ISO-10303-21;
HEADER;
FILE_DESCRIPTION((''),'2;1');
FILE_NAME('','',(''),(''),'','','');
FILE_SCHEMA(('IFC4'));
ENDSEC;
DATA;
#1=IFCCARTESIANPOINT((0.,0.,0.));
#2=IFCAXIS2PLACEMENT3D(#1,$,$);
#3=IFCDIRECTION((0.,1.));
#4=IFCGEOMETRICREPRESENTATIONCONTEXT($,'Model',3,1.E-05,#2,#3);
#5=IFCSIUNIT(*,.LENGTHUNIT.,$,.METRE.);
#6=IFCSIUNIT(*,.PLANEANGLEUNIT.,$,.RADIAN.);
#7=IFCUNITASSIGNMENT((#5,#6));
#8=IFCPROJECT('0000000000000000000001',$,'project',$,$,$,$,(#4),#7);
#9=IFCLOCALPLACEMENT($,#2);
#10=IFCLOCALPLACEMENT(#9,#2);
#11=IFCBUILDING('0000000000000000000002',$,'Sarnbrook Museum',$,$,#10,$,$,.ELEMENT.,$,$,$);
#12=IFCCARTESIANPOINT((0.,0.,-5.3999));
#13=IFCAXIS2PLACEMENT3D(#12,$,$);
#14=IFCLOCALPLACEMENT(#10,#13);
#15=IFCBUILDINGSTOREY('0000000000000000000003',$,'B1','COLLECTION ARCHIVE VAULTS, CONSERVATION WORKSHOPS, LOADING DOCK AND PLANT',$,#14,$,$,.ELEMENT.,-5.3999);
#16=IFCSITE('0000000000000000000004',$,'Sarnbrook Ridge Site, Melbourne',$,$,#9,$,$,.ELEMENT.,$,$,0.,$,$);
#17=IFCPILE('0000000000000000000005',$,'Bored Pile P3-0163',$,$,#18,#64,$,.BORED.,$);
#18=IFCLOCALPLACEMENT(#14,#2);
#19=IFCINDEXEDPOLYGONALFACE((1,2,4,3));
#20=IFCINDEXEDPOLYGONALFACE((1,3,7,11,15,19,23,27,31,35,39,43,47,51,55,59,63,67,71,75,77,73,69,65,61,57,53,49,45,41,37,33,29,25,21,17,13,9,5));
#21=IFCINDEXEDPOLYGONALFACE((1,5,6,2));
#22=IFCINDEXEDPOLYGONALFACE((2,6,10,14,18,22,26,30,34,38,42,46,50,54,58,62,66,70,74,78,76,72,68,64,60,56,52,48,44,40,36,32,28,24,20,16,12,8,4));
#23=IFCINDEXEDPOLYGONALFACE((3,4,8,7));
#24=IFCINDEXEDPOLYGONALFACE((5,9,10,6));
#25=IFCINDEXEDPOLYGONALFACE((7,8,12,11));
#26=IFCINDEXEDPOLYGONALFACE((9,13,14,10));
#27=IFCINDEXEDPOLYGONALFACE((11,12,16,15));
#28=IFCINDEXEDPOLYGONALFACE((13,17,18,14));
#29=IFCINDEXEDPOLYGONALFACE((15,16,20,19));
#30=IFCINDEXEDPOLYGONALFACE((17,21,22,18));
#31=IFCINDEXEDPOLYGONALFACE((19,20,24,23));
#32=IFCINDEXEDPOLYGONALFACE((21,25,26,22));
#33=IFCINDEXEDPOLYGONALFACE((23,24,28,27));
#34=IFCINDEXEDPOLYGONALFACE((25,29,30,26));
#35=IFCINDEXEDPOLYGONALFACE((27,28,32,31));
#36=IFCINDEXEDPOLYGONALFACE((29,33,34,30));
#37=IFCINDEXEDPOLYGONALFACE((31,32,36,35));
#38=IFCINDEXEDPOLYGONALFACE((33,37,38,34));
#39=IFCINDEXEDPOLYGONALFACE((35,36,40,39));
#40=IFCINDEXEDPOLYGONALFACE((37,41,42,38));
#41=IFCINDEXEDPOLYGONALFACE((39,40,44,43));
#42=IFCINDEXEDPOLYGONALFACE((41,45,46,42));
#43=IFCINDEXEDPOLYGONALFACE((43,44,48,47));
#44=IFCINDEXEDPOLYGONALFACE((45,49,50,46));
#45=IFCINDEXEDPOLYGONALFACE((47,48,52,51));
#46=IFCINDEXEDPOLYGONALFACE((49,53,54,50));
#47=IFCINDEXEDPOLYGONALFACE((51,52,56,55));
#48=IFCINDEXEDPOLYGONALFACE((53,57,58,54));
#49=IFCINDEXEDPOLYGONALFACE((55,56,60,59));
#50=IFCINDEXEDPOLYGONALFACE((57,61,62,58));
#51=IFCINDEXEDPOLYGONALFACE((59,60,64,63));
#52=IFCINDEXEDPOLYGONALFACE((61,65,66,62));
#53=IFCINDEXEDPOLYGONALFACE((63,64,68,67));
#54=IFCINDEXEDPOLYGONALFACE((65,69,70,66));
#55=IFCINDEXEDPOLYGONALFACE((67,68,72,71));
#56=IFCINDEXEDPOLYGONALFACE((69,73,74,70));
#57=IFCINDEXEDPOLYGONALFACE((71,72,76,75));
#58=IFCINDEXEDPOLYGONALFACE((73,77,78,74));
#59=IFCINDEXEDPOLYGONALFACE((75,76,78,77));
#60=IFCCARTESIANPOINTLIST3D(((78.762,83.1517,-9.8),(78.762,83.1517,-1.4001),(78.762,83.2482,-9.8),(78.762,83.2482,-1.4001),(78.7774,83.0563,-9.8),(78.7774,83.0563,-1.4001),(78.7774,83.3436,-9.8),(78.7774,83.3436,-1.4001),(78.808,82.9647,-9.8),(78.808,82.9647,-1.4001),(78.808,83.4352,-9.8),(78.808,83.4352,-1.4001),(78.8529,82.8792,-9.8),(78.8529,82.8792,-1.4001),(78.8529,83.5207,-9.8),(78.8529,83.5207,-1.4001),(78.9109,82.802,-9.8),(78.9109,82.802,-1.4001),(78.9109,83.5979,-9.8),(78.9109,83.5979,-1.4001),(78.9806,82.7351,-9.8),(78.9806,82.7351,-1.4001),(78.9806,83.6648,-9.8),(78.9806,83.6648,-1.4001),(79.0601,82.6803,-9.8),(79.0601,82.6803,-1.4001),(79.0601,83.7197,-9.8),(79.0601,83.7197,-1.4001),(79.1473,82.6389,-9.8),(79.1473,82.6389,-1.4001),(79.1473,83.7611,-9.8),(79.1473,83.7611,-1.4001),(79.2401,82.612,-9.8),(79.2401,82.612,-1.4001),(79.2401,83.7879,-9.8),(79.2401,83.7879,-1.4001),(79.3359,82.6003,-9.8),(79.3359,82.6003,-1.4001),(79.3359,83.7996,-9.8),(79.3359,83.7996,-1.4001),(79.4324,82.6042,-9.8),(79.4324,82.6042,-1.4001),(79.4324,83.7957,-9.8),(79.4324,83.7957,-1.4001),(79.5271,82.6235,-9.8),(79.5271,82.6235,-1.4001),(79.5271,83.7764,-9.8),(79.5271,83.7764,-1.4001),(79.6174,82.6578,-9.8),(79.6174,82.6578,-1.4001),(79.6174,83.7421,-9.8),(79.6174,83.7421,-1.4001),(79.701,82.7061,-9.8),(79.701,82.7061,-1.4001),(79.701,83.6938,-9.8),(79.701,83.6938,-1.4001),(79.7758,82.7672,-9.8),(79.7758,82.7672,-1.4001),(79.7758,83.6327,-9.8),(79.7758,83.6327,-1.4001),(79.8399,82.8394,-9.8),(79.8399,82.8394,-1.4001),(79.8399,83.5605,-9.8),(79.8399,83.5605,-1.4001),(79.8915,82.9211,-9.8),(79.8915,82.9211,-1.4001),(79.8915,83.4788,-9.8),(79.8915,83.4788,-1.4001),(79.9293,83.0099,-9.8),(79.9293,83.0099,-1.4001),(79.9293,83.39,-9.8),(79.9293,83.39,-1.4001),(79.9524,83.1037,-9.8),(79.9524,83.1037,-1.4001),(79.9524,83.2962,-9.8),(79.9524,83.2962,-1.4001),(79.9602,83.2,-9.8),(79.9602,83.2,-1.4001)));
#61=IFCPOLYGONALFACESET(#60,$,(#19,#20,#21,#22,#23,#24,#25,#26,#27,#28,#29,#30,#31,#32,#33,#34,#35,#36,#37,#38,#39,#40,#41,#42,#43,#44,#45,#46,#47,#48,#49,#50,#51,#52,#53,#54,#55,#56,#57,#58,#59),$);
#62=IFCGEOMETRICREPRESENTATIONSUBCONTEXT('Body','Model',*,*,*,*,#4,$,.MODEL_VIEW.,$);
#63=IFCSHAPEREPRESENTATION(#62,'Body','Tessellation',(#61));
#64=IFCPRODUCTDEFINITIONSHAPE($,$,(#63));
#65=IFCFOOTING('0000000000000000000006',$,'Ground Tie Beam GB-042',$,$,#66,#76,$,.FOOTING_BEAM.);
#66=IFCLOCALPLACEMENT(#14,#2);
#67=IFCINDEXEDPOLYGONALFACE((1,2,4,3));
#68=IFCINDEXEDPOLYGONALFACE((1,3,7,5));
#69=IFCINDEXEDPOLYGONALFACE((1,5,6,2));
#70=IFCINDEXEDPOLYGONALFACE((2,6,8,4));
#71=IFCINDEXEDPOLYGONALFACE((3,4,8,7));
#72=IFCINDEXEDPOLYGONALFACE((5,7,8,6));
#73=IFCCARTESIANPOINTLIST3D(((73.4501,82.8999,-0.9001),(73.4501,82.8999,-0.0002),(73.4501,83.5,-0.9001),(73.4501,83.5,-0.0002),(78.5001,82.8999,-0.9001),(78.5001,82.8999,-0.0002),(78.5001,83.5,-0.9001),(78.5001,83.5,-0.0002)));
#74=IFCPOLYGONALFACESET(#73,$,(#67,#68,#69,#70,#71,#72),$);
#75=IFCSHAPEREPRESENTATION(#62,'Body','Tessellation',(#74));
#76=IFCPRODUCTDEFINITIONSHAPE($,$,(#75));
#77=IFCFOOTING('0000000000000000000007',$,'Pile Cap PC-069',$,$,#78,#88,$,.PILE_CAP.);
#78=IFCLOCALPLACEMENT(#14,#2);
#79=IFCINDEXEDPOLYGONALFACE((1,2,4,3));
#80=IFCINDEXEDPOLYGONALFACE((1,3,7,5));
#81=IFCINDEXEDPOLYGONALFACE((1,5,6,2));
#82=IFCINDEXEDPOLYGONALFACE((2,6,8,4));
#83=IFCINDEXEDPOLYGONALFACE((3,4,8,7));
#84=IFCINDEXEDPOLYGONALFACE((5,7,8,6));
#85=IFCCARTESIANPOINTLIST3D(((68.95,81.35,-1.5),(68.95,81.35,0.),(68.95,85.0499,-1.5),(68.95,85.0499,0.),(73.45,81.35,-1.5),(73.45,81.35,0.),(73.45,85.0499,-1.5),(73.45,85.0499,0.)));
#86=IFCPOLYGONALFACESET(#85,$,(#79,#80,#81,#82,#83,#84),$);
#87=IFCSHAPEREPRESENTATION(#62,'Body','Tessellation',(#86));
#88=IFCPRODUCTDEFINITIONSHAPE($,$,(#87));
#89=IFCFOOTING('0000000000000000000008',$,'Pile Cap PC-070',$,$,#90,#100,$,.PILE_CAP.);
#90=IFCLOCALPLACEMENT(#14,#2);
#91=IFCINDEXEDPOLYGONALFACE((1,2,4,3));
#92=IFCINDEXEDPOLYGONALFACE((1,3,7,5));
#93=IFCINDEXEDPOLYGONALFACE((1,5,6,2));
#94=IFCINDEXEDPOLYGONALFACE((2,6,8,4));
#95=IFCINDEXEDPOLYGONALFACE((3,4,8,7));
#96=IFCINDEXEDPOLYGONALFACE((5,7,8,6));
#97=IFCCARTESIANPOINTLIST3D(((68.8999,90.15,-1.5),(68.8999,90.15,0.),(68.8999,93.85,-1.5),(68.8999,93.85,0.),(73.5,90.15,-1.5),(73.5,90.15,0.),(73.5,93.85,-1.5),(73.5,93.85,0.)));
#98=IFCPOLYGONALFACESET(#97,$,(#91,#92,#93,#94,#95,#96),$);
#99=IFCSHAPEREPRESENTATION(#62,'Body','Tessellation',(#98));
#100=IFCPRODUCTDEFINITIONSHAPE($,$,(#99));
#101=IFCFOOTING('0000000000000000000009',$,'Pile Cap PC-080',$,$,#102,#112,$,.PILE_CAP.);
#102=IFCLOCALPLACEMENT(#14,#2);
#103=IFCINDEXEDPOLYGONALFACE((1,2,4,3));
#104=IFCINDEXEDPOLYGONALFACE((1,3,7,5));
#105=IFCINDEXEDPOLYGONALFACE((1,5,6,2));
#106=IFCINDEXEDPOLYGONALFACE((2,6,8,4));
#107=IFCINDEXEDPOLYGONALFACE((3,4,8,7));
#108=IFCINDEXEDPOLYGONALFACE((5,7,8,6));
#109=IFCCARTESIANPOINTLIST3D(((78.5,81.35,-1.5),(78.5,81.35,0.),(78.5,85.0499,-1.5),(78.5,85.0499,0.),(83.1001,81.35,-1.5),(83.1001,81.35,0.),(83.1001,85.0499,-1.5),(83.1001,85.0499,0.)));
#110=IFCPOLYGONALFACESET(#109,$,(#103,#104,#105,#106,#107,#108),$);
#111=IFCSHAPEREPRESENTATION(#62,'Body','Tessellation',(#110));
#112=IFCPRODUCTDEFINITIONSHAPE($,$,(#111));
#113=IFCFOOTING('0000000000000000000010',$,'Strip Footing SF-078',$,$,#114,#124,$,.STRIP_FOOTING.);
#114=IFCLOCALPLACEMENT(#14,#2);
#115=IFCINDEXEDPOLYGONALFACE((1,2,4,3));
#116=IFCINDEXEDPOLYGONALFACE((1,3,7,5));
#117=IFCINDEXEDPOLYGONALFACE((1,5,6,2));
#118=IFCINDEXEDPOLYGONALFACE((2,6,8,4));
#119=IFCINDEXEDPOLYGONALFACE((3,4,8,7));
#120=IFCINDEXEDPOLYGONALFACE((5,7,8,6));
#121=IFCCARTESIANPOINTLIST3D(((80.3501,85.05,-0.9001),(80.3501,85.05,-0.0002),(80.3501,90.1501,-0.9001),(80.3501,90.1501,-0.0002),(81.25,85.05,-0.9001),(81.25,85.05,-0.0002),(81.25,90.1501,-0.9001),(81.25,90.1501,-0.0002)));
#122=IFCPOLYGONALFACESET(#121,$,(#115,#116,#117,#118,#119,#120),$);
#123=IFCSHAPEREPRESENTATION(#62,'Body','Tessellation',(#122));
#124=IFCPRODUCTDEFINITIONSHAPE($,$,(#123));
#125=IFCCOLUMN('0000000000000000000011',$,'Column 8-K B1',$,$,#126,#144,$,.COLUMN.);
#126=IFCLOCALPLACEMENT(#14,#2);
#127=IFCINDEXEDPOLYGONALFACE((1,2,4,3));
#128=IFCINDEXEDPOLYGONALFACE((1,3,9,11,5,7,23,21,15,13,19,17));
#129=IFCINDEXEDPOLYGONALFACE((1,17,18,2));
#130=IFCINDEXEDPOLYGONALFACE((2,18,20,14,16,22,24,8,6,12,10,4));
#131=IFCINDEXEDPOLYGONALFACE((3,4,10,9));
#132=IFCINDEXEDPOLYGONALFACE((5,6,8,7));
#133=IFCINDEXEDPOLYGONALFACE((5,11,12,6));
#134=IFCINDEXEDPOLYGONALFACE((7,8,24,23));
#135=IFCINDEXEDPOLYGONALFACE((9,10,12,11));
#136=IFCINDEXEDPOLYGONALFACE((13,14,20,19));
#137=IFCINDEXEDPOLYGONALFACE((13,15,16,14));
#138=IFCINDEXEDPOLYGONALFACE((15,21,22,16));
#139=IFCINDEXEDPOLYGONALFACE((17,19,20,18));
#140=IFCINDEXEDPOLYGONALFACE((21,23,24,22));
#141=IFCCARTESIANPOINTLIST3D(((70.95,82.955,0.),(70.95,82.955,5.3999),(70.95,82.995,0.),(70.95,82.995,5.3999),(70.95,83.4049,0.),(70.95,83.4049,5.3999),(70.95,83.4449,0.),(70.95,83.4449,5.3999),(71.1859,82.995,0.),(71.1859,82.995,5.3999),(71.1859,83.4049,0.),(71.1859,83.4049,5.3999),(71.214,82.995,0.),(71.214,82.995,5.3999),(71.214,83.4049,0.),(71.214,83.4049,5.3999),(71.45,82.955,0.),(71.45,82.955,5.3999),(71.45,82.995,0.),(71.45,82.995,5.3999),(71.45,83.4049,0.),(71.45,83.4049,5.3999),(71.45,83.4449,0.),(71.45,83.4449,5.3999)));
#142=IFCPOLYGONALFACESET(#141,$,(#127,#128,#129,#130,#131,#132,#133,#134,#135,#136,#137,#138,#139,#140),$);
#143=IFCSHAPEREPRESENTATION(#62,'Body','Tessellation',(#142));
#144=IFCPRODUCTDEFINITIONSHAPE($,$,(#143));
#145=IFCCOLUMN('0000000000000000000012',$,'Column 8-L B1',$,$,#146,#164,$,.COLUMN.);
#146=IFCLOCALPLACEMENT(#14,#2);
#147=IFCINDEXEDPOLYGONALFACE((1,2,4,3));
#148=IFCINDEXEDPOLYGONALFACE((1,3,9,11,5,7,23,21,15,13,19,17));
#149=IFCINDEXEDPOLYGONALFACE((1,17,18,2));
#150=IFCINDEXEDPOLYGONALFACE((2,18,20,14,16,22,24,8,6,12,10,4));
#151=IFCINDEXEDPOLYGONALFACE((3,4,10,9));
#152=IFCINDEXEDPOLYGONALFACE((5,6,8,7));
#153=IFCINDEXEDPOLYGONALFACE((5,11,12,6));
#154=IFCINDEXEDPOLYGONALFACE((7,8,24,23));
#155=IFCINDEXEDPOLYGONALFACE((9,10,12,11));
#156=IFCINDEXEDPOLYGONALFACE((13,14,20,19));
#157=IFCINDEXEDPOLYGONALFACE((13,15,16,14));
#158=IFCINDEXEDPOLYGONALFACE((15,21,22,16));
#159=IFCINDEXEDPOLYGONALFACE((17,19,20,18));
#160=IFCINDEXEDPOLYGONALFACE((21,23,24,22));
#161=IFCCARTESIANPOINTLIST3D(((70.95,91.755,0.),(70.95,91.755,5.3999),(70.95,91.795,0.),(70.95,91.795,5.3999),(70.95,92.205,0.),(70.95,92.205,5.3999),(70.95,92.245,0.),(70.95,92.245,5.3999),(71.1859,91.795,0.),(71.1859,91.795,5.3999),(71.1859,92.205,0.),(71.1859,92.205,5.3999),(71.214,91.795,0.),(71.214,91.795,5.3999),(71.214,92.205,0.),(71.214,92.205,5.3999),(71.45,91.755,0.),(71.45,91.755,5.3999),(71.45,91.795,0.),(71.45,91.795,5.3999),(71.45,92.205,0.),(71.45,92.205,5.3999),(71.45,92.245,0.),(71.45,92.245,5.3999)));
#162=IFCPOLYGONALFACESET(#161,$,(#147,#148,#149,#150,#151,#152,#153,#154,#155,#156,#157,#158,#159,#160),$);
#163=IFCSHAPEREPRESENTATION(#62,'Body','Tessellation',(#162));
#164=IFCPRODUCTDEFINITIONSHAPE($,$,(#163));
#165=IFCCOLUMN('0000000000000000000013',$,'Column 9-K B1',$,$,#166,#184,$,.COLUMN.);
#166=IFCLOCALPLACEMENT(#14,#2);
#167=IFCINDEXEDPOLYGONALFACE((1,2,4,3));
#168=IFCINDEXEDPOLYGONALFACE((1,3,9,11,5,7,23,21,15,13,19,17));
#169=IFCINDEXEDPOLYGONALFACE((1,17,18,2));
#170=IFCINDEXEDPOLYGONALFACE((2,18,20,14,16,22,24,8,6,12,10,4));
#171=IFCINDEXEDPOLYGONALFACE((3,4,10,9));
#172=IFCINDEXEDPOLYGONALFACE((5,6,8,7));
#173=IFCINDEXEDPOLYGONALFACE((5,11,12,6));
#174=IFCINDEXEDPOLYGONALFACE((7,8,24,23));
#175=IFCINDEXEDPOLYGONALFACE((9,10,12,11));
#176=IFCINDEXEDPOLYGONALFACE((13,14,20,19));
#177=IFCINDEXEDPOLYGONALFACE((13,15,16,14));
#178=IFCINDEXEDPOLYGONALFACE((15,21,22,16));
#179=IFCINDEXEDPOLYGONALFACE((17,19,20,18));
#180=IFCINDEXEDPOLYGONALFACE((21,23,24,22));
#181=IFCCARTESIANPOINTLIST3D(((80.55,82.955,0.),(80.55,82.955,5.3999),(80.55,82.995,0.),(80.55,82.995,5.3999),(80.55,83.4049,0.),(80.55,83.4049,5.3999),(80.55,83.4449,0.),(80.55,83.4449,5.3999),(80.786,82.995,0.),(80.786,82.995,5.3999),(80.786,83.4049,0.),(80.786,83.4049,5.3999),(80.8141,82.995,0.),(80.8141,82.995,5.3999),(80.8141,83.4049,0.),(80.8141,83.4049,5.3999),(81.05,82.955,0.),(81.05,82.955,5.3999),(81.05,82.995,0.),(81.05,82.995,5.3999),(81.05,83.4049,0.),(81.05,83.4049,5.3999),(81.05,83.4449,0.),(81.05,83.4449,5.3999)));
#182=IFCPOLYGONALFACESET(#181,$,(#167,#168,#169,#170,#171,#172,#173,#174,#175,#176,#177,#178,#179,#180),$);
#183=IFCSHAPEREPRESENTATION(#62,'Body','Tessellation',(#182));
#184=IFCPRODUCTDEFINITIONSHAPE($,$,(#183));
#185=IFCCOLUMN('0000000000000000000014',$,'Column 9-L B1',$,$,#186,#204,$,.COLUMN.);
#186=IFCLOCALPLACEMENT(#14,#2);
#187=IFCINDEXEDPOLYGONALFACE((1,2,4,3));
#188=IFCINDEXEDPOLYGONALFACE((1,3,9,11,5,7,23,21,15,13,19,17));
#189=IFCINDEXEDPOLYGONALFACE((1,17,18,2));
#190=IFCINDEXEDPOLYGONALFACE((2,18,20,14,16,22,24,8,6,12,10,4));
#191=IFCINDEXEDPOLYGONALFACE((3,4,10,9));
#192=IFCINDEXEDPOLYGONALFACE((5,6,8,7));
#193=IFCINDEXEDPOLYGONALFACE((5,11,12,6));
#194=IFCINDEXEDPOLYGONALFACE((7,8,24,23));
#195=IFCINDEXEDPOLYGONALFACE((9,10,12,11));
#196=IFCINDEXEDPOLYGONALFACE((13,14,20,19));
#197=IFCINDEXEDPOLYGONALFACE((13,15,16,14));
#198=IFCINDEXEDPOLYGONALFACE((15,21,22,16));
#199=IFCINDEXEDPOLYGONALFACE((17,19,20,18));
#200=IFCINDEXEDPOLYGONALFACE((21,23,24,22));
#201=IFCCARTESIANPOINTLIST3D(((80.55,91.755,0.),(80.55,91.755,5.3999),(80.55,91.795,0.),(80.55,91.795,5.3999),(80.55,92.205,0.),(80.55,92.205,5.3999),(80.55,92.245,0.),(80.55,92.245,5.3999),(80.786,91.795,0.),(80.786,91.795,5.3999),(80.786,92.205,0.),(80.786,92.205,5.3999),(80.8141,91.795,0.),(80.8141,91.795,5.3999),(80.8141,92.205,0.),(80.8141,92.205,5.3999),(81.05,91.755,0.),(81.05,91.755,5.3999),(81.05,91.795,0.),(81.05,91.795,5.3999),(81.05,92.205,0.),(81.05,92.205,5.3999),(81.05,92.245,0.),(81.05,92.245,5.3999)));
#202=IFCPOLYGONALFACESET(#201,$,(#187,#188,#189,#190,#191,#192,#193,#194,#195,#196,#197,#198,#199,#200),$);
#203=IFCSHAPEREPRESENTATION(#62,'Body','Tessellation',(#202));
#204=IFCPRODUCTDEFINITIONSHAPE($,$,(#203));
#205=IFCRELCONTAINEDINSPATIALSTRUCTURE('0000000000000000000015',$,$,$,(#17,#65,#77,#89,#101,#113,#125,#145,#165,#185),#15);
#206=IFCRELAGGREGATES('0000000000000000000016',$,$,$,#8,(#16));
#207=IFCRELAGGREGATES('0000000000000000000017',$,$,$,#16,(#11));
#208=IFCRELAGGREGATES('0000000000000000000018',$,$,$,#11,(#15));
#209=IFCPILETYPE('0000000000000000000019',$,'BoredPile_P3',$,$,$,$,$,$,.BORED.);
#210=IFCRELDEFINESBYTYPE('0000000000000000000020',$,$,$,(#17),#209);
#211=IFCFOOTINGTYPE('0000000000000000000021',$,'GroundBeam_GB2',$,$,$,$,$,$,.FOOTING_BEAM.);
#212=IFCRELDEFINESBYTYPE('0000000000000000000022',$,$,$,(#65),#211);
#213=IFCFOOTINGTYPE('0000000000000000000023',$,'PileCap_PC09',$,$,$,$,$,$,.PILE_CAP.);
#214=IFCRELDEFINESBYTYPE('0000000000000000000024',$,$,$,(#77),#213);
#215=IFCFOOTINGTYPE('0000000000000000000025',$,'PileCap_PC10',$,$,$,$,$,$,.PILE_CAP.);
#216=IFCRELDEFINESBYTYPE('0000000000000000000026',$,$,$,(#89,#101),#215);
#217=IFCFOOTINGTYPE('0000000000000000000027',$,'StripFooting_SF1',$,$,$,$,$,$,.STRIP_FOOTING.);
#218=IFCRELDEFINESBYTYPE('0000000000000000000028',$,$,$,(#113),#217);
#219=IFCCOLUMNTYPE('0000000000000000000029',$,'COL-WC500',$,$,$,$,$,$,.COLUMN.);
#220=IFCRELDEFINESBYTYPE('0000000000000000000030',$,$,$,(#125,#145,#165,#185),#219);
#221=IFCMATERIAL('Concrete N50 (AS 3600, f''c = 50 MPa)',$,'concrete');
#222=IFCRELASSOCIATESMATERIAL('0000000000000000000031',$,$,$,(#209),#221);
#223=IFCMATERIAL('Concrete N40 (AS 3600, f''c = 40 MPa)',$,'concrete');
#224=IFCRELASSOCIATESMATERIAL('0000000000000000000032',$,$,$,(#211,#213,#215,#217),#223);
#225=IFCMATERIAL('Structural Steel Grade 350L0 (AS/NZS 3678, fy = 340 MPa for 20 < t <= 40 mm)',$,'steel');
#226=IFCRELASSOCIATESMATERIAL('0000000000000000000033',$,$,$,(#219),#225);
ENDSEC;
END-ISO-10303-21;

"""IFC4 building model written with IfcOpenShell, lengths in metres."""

from ifc_helpers import new_model, si_unit, direction, frame, origin, origin_2d, place, context, subcontext, project, spatial, rectangle, circle, i_section, extrude, material, material_profile, profile_set, type_object, element, save


model = new_model("IFC4")

# Units and contexts
model_context = context("Model", 3, precision=1e-05, world=origin(), true_north=direction((0.0, 1.0)))
body_context = subcontext(model_context, "Body", "Model", "MODEL_VIEW")
ifc_project = project(units=[si_unit("LENGTHUNIT", "METRE"), si_unit("PLANEANGLEUNIT", "RADIAN")], contexts=[model_context])

# Site, building, storey
site_placement = place(None, origin())
site = spatial("IfcSite", under=ifc_project, at=site_placement, Name="Sarnbrook Ridge Site, Melbourne", CompositionType="ELEMENT", RefElevation=0.0)
building_placement = place(site_placement, origin())
building = spatial("IfcBuilding", under=site, at=building_placement, Name="Sarnbrook Museum", CompositionType="ELEMENT")
storey_placement = place(building_placement, frame((0.0, 0.0, -5.3999)))
storey = spatial("IfcBuildingStorey", under=building, at=storey_placement, Name="B1", Description="COLLECTION ARCHIVE VAULTS, CONSERVATION WORKSHOPS, LOADING DOCK AND PLANT", CompositionType="ELEMENT", Elevation=-5.3999)

# Pile
ifc_material_1 = material(Name="Concrete N50 (AS 3600, f'c = 50 MPa)", Category="concrete")
ifc_material_profile_1 = material_profile(ifc_material_1, circle(Radius=0.6001, at=origin_2d()), Name="BORED PILE D1200")
ifc_profile_set_1 = profile_set([ifc_material_profile_1], Name="Concrete N50 (AS 3600, f'c = 50 MPa)")
pile_type_1 = type_object("IfcPileType", Name="BoredPile_P3", PredefinedType="BORED", material=ifc_profile_set_1)
pile_placement = place(storey_placement, frame((79.3601, 83.2, -1.4001), z_axis=(0.0, 0.0, -1.0), x_axis=(1.0, 0.0, 0.0)))
element("IfcPile", 1, at=pile_placement, inside=storey, type_object=pile_type_1, Name="Bored Pile P3-0163", PredefinedType="BORED", context=body_context, shape_type="SweptSolid", body=[
    extrude(circle(Radius=0.6001, at=origin_2d()), origin(), (0.0, 0.0, 1.0), 8.3999),
])

# Footings
ifc_material_2 = material(Name="Concrete N40 (AS 3600, f'c = 40 MPa)", Category="concrete")
footing_type_1 = type_object("IfcFootingType", Name="GroundBeam_GB2", PredefinedType="FOOTING_BEAM", material=ifc_material_2)
footing_1_placement = place(storey_placement, frame((75.9751, 83.2, -0.9001), z_axis=(0.0, 0.0, 1.0), x_axis=(1.0, 0.0, 0.0)))
element("IfcFooting", 2, at=footing_1_placement, inside=storey, type_object=footing_type_1, Name="Ground Tie Beam GB-042", PredefinedType="FOOTING_BEAM", context=body_context, shape_type="SweptSolid", body=[
    extrude(rectangle(XDim=5.05, YDim=0.6001, at=origin_2d()), origin(), (0.0, 0.0, 1.0), 0.8999),
])
footing_type_2 = type_object("IfcFootingType", Name="PileCap_PC09", PredefinedType="PILE_CAP", material=ifc_material_2)
footing_2_placement = place(storey_placement, frame((71.2, 83.2, -1.5), z_axis=(0.0, 0.0, 1.0), x_axis=(1.0, 0.0, 0.0)))
element("IfcFooting", 3, at=footing_2_placement, inside=storey, type_object=footing_type_2, Name="Pile Cap PC-069", PredefinedType="PILE_CAP", context=body_context, shape_type="SweptSolid", body=[
    extrude(rectangle(XDim=4.5, YDim=3.7, at=origin_2d()), origin(), (0.0, 0.0, 1.0), 1.5),
])
footing_type_3 = type_object("IfcFootingType", Name="PileCap_PC10", PredefinedType="PILE_CAP", material=ifc_material_2)
for number, where, z_axis, x_axis, name in (
    (4, (71.2, 92.0, -1.5), (0.0, 0.0, 1.0), (1.0, 0.0, 0.0), "Pile Cap PC-070"),
    (5, (80.8, 83.2, -1.5), (0.0, 0.0, 1.0), (1.0, 0.0, 0.0), "Pile Cap PC-080"),
):
    element("IfcFooting", number, at=place(storey_placement, frame(where, z_axis=z_axis, x_axis=x_axis)), inside=storey, type_object=footing_type_3, Name=name, PredefinedType="PILE_CAP", context=body_context, shape_type="SweptSolid", body=[
        extrude(rectangle(XDim=4.6001, YDim=3.7, at=origin_2d()), origin(), (0.0, 0.0, 1.0), 1.5),
    ])
footing_type_4 = type_object("IfcFootingType", Name="StripFooting_SF1", PredefinedType="STRIP_FOOTING", material=ifc_material_2)
footing_3_placement = place(storey_placement, frame((80.8, 87.6001, -0.9001), z_axis=(0.0, 0.0, 1.0), x_axis=(1.0, 0.0, 0.0)))
element("IfcFooting", 6, at=footing_3_placement, inside=storey, type_object=footing_type_4, Name="Strip Footing SF-078", PredefinedType="STRIP_FOOTING", context=body_context, shape_type="SweptSolid", body=[
    extrude(rectangle(XDim=0.8999, YDim=5.1001, at=origin_2d()), origin(), (0.0, 0.0, 1.0), 0.8999),
])

# Columns
ifc_material_3 = material(Name="Structural Steel Grade 350L0 (AS/NZS 3678, fy = 340 MPa for 20 < t <= 40 mm)", Category="steel")
ifc_material_profile_2 = material_profile(ifc_material_3, i_section(OverallWidth=0.5, OverallDepth=0.49, WebThickness=0.0281, FlangeThickness=0.04, at=origin_2d()), Name="500WC340")
ifc_profile_set_2 = profile_set([ifc_material_profile_2], Name="Structural Steel Grade 350L0 (AS/NZS 3678, fy = 340 MPa for 20 < t <= 40 mm)")
column_type = type_object("IfcColumnType", Name="COL-WC500", PredefinedType="COLUMN", material=ifc_profile_set_2)
for number, where, z_axis, x_axis, name in (
    (7, (71.2, 83.2, 0.0), (0.0, 0.0, 1.0), (1.0, 0.0, 0.0), "Column 8-K B1"),
    (8, (71.2, 92.0, 0.0), (0.0, 0.0, 1.0), (1.0, 0.0, 0.0), "Column 8-L B1"),
    (9, (80.8, 83.2, 0.0), (0.0, 0.0, 1.0), (1.0, 0.0, 0.0), "Column 9-K B1"),
    (10, (80.8, 92.0, 0.0), (0.0, 0.0, 1.0), (1.0, 0.0, 0.0), "Column 9-L B1"),
):
    element("IfcColumn", number, at=place(storey_placement, frame(where, z_axis=z_axis, x_axis=x_axis)), inside=storey, type_object=column_type, Name=name, PredefinedType="COLUMN", context=body_context, shape_type="SweptSolid", body=[
        extrude(i_section(OverallWidth=0.5, OverallDepth=0.49, WebThickness=0.0281, FlangeThickness=0.04, at=origin_2d()), origin(), (0.0, 0.0, 1.0), 5.3999),
    ])

save(model, "model.ifc")
